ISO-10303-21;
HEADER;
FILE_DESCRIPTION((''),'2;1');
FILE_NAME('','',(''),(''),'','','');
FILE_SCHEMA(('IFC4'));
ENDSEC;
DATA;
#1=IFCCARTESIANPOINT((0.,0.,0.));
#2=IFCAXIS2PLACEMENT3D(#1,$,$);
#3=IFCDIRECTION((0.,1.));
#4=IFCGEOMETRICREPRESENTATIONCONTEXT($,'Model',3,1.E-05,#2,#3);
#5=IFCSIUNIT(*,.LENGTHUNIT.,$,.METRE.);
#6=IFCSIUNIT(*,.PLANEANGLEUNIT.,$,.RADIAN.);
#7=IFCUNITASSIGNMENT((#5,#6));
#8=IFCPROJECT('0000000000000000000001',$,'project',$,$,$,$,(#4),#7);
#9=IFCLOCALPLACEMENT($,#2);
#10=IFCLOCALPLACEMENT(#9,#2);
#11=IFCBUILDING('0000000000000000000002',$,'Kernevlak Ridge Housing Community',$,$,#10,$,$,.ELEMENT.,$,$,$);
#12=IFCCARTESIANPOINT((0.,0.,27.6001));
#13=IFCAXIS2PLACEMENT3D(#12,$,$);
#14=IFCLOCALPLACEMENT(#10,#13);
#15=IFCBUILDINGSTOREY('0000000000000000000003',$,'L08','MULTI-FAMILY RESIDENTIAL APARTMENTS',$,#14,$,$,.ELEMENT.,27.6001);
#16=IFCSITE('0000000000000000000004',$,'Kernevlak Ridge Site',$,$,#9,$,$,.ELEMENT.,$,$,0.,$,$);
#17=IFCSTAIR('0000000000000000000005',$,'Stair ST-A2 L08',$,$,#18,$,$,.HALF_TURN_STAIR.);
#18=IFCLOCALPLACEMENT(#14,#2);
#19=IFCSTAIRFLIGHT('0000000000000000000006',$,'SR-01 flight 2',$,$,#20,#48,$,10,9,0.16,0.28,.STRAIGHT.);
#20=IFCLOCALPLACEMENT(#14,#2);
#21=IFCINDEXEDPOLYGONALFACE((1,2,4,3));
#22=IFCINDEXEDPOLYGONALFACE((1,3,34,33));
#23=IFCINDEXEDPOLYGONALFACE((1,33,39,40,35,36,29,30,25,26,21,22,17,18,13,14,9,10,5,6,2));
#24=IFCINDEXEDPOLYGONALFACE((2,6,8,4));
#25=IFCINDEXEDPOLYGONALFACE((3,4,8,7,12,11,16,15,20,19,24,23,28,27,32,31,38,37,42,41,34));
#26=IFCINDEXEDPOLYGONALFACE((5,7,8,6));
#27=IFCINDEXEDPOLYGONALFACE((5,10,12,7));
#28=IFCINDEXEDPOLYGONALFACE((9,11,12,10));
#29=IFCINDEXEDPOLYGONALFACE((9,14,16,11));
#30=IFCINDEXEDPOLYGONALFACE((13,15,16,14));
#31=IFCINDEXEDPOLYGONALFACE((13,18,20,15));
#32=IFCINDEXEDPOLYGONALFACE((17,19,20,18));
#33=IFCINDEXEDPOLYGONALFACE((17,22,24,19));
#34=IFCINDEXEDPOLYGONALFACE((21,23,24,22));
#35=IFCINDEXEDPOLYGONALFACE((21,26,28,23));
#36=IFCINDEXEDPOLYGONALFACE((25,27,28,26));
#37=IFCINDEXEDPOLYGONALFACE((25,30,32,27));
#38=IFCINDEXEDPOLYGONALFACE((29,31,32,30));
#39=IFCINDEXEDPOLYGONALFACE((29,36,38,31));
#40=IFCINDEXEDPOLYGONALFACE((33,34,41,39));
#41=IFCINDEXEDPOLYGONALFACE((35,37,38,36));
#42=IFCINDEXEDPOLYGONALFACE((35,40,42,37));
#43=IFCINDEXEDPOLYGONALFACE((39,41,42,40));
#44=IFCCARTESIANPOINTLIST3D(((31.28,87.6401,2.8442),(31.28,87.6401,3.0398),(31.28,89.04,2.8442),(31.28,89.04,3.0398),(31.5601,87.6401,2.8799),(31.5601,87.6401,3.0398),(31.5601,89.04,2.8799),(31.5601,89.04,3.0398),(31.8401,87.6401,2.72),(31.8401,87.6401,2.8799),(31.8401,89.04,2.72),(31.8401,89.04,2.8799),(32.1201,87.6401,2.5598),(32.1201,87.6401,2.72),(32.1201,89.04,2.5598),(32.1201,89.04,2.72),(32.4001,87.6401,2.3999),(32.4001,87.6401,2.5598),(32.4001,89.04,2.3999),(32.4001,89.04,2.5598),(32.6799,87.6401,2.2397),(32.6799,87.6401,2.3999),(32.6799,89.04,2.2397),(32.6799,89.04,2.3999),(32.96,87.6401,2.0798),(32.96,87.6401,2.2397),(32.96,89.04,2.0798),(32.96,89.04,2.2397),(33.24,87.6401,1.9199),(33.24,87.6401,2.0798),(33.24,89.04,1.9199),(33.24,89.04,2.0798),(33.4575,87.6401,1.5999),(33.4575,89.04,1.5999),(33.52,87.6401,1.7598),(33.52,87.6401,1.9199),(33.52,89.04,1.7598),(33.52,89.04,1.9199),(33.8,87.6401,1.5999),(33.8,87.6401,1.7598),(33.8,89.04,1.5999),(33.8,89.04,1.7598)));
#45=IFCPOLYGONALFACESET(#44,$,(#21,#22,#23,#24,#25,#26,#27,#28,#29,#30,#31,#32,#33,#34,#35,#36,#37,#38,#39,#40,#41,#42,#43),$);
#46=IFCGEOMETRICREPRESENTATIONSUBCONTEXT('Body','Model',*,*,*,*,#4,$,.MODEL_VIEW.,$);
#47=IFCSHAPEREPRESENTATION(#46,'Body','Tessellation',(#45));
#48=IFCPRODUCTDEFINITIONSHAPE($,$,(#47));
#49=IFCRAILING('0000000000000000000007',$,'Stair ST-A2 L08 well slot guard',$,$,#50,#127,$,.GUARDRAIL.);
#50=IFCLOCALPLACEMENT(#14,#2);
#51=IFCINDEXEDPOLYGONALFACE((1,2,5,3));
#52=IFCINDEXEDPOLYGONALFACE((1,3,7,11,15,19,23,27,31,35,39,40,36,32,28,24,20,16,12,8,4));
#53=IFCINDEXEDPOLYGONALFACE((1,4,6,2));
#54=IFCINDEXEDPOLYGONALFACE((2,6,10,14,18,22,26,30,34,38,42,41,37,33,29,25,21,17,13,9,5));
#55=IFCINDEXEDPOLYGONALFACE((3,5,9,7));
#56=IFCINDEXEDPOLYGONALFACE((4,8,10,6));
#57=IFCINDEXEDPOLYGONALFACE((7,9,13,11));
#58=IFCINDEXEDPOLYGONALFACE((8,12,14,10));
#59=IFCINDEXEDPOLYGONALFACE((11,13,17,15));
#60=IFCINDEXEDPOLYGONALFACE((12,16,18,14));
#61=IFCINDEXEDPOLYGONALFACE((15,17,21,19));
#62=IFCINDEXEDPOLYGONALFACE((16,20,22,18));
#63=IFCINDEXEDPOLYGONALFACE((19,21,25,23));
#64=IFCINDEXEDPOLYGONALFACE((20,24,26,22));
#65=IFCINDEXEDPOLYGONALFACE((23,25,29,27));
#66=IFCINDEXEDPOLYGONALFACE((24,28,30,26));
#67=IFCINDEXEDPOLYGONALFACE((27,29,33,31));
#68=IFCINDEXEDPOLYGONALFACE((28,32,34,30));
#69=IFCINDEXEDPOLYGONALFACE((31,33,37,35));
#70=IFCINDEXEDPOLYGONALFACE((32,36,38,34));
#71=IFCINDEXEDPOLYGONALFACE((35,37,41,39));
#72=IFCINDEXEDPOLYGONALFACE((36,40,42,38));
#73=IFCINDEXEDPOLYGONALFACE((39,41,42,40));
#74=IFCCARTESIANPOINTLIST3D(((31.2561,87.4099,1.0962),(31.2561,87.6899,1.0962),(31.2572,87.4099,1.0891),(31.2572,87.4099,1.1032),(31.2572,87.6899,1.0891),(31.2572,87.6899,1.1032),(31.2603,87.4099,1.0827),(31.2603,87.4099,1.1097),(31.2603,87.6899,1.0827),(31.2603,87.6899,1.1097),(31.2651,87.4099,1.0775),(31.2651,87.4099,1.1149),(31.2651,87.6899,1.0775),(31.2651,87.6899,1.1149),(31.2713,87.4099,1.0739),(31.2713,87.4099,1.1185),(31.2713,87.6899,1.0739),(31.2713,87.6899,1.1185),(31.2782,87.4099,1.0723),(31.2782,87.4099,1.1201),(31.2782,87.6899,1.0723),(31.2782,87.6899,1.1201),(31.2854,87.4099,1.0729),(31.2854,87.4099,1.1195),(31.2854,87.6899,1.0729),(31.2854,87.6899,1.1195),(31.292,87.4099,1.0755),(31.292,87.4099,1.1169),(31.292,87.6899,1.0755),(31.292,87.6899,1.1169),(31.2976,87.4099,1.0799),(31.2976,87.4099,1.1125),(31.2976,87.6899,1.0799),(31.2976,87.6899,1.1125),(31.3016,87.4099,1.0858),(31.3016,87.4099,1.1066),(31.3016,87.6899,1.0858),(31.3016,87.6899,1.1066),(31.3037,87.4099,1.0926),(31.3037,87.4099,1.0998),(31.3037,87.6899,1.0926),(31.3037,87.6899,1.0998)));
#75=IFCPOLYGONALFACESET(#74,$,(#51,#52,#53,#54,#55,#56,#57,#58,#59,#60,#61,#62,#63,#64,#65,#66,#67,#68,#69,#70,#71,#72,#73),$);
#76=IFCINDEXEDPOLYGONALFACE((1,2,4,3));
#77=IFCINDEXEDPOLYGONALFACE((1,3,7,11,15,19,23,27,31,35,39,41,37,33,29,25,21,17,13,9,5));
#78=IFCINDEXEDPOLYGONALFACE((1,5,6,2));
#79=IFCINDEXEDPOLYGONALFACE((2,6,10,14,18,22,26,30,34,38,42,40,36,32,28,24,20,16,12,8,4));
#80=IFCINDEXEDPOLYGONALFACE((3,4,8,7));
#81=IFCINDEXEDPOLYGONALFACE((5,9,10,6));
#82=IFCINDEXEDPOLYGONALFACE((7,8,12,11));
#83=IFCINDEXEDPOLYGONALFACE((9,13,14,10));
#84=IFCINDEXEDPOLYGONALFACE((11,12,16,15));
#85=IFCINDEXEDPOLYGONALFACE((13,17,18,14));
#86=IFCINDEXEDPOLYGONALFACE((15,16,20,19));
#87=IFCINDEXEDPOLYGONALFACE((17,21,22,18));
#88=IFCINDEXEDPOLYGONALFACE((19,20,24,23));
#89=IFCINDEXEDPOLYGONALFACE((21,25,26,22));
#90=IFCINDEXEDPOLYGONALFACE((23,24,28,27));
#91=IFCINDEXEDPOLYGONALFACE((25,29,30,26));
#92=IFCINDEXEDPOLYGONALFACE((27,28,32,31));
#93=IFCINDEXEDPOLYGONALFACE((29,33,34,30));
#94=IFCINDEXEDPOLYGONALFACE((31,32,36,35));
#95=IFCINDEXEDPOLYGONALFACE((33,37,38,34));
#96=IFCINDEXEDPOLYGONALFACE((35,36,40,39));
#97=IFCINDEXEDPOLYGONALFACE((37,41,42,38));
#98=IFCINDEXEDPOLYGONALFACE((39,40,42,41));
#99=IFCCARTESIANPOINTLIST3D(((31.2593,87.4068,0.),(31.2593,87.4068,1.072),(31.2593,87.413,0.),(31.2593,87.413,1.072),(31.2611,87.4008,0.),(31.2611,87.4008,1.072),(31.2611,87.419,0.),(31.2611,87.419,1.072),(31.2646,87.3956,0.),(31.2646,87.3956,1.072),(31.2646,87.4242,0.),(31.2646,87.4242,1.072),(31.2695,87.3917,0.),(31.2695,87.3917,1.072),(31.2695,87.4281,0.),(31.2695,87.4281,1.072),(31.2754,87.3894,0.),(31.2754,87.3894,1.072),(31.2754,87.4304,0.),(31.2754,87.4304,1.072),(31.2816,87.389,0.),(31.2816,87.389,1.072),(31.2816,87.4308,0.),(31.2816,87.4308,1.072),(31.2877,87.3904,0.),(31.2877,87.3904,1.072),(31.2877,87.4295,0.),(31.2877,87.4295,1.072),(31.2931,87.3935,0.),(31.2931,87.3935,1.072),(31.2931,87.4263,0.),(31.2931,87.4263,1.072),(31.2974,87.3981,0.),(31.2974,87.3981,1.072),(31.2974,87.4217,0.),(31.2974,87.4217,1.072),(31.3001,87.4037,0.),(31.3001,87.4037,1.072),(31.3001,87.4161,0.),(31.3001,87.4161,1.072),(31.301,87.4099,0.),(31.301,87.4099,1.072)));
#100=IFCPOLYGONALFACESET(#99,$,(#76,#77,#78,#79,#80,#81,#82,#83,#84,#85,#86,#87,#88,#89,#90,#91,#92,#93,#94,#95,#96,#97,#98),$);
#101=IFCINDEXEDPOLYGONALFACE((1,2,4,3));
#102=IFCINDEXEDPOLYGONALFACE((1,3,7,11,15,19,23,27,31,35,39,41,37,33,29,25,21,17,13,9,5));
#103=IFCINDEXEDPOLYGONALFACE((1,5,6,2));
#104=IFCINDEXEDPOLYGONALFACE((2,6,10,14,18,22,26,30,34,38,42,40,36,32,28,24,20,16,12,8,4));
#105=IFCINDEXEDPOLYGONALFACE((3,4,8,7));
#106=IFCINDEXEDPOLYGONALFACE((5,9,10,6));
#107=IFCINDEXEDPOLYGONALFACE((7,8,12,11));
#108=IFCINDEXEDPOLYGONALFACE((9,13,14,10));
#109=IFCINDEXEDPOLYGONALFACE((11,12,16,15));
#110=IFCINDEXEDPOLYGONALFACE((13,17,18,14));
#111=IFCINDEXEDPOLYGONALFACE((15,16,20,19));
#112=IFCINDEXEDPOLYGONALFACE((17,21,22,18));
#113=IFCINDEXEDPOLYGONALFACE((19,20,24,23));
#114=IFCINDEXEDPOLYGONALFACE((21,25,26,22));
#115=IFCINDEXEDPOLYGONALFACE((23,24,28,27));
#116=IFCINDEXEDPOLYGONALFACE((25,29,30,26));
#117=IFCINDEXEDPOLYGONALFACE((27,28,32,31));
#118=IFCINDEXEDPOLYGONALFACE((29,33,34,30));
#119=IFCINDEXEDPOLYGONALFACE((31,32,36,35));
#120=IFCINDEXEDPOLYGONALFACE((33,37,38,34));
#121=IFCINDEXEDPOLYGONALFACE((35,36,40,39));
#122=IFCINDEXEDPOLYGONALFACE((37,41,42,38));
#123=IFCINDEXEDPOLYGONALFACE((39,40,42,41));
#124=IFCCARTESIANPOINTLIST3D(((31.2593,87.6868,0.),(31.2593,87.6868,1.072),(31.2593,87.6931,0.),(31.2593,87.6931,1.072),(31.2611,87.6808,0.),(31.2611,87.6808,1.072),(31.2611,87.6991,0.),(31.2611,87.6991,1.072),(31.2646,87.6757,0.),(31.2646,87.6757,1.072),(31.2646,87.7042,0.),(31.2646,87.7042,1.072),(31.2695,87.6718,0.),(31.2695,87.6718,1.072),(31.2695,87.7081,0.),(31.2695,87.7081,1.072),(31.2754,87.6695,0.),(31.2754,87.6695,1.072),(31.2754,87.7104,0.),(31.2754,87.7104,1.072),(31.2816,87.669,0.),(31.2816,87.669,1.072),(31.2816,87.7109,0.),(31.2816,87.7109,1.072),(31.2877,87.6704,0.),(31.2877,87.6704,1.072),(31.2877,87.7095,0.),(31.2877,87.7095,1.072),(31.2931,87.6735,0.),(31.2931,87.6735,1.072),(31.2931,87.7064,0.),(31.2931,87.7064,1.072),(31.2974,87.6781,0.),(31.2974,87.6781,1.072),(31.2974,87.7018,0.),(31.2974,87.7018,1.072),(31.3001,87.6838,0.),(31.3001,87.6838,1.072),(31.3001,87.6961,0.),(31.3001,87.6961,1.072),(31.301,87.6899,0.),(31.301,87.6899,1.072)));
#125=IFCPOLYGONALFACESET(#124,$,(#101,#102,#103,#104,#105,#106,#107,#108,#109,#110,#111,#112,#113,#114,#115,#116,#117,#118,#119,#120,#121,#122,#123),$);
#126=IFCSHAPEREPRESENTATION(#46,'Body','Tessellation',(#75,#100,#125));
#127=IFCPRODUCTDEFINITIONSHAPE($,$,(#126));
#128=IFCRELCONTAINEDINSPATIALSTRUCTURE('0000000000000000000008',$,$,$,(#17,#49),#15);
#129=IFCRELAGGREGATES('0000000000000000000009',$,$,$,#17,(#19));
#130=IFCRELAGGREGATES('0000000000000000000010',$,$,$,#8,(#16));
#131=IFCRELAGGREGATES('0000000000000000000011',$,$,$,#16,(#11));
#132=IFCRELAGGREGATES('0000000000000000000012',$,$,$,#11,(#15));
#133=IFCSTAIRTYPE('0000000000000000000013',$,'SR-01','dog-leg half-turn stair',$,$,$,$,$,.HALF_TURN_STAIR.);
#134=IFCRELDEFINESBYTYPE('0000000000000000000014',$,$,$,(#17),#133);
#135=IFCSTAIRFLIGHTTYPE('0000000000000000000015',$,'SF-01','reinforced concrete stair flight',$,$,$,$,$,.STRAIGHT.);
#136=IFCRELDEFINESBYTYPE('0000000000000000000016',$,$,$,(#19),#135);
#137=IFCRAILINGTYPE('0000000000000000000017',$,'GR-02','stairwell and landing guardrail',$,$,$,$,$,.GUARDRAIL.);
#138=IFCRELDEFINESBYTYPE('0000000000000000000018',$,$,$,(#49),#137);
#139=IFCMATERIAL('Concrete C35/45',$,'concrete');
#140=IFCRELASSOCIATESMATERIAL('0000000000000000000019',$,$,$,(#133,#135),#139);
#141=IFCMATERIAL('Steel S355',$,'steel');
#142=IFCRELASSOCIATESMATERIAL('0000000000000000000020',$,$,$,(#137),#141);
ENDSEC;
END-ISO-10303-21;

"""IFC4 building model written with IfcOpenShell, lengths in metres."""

from ifc_helpers import new_model, si_unit, direction, frame, origin, origin_2d, place, context, subcontext, project, spatial, polyline, circle, outline, extrude, material, type_object, element, aggregate, save


model = new_model("IFC4")

# Units and contexts
model_context = context("Model", 3, precision=1e-05, world=origin(), true_north=direction((0.0, 1.0)))
body_context = subcontext(model_context, "Body", "Model", "MODEL_VIEW")
ifc_project = project(units=[si_unit("LENGTHUNIT", "METRE"), si_unit("PLANEANGLEUNIT", "RADIAN")], contexts=[model_context])

# Site, building, storey
site_placement = place(None, origin())
site = spatial("IfcSite", under=ifc_project, at=site_placement, Name="Kernevlak Ridge Site", CompositionType="ELEMENT", RefElevation=0.0)
building_placement = place(site_placement, origin())
building = spatial("IfcBuilding", under=site, at=building_placement, Name="Kernevlak Ridge Housing Community", CompositionType="ELEMENT")
storey_placement = place(building_placement, frame((0.0, 0.0, 27.6001)))
storey = spatial("IfcBuildingStorey", under=building, at=storey_placement, Name="L08", Description="MULTI-FAMILY RESIDENTIAL APARTMENTS", CompositionType="ELEMENT", Elevation=27.6001)

# Shared definitions
ifc_material_1 = material(Name="Concrete C35/45", Category="concrete")

# Stair, stair flight
stair_type = type_object("IfcStairType", Name="SR-01", Description="dog-leg half-turn stair", PredefinedType="HALF_TURN_STAIR", material=ifc_material_1)
stair_placement = place(storey_placement, origin())
stair = element("IfcStair", 1, at=stair_placement, inside=storey, type_object=stair_type, Name="Stair ST-A2 L08", PredefinedType="HALF_TURN_STAIR")
stair_flight_type = type_object("IfcStairFlightType", Name="SF-01", Description="reinforced concrete stair flight", PredefinedType="STRAIGHT", material=ifc_material_1)
stair_flight_1_placement = place(storey_placement, frame((33.8, 88.3401, 1.5999), z_axis=(0.0, 0.0, 1.0), x_axis=(-1.0, 0.0, 0.0)))
stair_flight_1 = element("IfcStairFlight", 2, at=stair_flight_1_placement, type_object=stair_flight_type, Name="SR-01 flight 2", NumberOfRisers=10, NumberOfTreads=9, PredefinedType="STRAIGHT", RiserHeight=0.16, TreadLength=0.28, context=body_context, shape_type="SweptSolid", body=[
    extrude(outline(polyline([(0.0, 0.0), (0.0, 0.1599), (0.28, 0.1599), (0.28, 0.3201), (0.5601, 0.3201), (0.5601, 0.48), (0.8401, 0.48), (0.8401, 0.6399), (1.1201, 0.6399), (1.1201, 0.8), (1.3999, 0.8), (1.3999, 0.96), (1.6799, 0.96), (1.6799, 1.1201), (1.96, 1.1201), (1.96, 1.28), (2.24, 1.28), (2.24, 1.4399), (2.52, 1.4399), (2.52, 1.6001), (2.52, 1.2444), (0.3425, 0.0), (0.0, 0.0)])), frame((0.0, 0.7, 0.0), z_axis=(0.0, -1.0, 0.0), x_axis=(1.0, 0.0, 0.0)), (0.0, 0.0, 1.0), 1.3999),
])
aggregate(stair, [stair_flight_1])

# Railing
ifc_material_2 = material(Name="Steel S355", Category="steel")
railing_type_1 = type_object("IfcRailingType", Name="GR-02", Description="stairwell and landing guardrail", PredefinedType="GUARDRAIL", material=ifc_material_2)
railing_1_placement = place(storey_placement, frame((31.28, 87.4099, 0.0)))
element("IfcRailing", 3, at=railing_1_placement, inside=storey, type_object=railing_type_1, Name="Stair ST-A2 L08 well slot guard", PredefinedType="GUARDRAIL", context=body_context, shape_type="SweptSolid", body=[
    extrude(circle(Radius=0.0239, at=origin_2d()), frame((0.0, 0.0, 1.0962), z_axis=(0.0, 1.0, 0.0), x_axis=(-1.0, 0.0, 0.0)), (0.0, 0.0, 1.0), 0.28),
    extrude(circle(Radius=0.021, at=origin_2d()), origin(), (0.0, 0.0, 1.0), 1.072),
    extrude(circle(Radius=0.021, at=origin_2d()), frame((0.0, 0.28, 0.0)), (0.0, 0.0, 1.0), 1.072),
])

save(model, "model.ifc")
